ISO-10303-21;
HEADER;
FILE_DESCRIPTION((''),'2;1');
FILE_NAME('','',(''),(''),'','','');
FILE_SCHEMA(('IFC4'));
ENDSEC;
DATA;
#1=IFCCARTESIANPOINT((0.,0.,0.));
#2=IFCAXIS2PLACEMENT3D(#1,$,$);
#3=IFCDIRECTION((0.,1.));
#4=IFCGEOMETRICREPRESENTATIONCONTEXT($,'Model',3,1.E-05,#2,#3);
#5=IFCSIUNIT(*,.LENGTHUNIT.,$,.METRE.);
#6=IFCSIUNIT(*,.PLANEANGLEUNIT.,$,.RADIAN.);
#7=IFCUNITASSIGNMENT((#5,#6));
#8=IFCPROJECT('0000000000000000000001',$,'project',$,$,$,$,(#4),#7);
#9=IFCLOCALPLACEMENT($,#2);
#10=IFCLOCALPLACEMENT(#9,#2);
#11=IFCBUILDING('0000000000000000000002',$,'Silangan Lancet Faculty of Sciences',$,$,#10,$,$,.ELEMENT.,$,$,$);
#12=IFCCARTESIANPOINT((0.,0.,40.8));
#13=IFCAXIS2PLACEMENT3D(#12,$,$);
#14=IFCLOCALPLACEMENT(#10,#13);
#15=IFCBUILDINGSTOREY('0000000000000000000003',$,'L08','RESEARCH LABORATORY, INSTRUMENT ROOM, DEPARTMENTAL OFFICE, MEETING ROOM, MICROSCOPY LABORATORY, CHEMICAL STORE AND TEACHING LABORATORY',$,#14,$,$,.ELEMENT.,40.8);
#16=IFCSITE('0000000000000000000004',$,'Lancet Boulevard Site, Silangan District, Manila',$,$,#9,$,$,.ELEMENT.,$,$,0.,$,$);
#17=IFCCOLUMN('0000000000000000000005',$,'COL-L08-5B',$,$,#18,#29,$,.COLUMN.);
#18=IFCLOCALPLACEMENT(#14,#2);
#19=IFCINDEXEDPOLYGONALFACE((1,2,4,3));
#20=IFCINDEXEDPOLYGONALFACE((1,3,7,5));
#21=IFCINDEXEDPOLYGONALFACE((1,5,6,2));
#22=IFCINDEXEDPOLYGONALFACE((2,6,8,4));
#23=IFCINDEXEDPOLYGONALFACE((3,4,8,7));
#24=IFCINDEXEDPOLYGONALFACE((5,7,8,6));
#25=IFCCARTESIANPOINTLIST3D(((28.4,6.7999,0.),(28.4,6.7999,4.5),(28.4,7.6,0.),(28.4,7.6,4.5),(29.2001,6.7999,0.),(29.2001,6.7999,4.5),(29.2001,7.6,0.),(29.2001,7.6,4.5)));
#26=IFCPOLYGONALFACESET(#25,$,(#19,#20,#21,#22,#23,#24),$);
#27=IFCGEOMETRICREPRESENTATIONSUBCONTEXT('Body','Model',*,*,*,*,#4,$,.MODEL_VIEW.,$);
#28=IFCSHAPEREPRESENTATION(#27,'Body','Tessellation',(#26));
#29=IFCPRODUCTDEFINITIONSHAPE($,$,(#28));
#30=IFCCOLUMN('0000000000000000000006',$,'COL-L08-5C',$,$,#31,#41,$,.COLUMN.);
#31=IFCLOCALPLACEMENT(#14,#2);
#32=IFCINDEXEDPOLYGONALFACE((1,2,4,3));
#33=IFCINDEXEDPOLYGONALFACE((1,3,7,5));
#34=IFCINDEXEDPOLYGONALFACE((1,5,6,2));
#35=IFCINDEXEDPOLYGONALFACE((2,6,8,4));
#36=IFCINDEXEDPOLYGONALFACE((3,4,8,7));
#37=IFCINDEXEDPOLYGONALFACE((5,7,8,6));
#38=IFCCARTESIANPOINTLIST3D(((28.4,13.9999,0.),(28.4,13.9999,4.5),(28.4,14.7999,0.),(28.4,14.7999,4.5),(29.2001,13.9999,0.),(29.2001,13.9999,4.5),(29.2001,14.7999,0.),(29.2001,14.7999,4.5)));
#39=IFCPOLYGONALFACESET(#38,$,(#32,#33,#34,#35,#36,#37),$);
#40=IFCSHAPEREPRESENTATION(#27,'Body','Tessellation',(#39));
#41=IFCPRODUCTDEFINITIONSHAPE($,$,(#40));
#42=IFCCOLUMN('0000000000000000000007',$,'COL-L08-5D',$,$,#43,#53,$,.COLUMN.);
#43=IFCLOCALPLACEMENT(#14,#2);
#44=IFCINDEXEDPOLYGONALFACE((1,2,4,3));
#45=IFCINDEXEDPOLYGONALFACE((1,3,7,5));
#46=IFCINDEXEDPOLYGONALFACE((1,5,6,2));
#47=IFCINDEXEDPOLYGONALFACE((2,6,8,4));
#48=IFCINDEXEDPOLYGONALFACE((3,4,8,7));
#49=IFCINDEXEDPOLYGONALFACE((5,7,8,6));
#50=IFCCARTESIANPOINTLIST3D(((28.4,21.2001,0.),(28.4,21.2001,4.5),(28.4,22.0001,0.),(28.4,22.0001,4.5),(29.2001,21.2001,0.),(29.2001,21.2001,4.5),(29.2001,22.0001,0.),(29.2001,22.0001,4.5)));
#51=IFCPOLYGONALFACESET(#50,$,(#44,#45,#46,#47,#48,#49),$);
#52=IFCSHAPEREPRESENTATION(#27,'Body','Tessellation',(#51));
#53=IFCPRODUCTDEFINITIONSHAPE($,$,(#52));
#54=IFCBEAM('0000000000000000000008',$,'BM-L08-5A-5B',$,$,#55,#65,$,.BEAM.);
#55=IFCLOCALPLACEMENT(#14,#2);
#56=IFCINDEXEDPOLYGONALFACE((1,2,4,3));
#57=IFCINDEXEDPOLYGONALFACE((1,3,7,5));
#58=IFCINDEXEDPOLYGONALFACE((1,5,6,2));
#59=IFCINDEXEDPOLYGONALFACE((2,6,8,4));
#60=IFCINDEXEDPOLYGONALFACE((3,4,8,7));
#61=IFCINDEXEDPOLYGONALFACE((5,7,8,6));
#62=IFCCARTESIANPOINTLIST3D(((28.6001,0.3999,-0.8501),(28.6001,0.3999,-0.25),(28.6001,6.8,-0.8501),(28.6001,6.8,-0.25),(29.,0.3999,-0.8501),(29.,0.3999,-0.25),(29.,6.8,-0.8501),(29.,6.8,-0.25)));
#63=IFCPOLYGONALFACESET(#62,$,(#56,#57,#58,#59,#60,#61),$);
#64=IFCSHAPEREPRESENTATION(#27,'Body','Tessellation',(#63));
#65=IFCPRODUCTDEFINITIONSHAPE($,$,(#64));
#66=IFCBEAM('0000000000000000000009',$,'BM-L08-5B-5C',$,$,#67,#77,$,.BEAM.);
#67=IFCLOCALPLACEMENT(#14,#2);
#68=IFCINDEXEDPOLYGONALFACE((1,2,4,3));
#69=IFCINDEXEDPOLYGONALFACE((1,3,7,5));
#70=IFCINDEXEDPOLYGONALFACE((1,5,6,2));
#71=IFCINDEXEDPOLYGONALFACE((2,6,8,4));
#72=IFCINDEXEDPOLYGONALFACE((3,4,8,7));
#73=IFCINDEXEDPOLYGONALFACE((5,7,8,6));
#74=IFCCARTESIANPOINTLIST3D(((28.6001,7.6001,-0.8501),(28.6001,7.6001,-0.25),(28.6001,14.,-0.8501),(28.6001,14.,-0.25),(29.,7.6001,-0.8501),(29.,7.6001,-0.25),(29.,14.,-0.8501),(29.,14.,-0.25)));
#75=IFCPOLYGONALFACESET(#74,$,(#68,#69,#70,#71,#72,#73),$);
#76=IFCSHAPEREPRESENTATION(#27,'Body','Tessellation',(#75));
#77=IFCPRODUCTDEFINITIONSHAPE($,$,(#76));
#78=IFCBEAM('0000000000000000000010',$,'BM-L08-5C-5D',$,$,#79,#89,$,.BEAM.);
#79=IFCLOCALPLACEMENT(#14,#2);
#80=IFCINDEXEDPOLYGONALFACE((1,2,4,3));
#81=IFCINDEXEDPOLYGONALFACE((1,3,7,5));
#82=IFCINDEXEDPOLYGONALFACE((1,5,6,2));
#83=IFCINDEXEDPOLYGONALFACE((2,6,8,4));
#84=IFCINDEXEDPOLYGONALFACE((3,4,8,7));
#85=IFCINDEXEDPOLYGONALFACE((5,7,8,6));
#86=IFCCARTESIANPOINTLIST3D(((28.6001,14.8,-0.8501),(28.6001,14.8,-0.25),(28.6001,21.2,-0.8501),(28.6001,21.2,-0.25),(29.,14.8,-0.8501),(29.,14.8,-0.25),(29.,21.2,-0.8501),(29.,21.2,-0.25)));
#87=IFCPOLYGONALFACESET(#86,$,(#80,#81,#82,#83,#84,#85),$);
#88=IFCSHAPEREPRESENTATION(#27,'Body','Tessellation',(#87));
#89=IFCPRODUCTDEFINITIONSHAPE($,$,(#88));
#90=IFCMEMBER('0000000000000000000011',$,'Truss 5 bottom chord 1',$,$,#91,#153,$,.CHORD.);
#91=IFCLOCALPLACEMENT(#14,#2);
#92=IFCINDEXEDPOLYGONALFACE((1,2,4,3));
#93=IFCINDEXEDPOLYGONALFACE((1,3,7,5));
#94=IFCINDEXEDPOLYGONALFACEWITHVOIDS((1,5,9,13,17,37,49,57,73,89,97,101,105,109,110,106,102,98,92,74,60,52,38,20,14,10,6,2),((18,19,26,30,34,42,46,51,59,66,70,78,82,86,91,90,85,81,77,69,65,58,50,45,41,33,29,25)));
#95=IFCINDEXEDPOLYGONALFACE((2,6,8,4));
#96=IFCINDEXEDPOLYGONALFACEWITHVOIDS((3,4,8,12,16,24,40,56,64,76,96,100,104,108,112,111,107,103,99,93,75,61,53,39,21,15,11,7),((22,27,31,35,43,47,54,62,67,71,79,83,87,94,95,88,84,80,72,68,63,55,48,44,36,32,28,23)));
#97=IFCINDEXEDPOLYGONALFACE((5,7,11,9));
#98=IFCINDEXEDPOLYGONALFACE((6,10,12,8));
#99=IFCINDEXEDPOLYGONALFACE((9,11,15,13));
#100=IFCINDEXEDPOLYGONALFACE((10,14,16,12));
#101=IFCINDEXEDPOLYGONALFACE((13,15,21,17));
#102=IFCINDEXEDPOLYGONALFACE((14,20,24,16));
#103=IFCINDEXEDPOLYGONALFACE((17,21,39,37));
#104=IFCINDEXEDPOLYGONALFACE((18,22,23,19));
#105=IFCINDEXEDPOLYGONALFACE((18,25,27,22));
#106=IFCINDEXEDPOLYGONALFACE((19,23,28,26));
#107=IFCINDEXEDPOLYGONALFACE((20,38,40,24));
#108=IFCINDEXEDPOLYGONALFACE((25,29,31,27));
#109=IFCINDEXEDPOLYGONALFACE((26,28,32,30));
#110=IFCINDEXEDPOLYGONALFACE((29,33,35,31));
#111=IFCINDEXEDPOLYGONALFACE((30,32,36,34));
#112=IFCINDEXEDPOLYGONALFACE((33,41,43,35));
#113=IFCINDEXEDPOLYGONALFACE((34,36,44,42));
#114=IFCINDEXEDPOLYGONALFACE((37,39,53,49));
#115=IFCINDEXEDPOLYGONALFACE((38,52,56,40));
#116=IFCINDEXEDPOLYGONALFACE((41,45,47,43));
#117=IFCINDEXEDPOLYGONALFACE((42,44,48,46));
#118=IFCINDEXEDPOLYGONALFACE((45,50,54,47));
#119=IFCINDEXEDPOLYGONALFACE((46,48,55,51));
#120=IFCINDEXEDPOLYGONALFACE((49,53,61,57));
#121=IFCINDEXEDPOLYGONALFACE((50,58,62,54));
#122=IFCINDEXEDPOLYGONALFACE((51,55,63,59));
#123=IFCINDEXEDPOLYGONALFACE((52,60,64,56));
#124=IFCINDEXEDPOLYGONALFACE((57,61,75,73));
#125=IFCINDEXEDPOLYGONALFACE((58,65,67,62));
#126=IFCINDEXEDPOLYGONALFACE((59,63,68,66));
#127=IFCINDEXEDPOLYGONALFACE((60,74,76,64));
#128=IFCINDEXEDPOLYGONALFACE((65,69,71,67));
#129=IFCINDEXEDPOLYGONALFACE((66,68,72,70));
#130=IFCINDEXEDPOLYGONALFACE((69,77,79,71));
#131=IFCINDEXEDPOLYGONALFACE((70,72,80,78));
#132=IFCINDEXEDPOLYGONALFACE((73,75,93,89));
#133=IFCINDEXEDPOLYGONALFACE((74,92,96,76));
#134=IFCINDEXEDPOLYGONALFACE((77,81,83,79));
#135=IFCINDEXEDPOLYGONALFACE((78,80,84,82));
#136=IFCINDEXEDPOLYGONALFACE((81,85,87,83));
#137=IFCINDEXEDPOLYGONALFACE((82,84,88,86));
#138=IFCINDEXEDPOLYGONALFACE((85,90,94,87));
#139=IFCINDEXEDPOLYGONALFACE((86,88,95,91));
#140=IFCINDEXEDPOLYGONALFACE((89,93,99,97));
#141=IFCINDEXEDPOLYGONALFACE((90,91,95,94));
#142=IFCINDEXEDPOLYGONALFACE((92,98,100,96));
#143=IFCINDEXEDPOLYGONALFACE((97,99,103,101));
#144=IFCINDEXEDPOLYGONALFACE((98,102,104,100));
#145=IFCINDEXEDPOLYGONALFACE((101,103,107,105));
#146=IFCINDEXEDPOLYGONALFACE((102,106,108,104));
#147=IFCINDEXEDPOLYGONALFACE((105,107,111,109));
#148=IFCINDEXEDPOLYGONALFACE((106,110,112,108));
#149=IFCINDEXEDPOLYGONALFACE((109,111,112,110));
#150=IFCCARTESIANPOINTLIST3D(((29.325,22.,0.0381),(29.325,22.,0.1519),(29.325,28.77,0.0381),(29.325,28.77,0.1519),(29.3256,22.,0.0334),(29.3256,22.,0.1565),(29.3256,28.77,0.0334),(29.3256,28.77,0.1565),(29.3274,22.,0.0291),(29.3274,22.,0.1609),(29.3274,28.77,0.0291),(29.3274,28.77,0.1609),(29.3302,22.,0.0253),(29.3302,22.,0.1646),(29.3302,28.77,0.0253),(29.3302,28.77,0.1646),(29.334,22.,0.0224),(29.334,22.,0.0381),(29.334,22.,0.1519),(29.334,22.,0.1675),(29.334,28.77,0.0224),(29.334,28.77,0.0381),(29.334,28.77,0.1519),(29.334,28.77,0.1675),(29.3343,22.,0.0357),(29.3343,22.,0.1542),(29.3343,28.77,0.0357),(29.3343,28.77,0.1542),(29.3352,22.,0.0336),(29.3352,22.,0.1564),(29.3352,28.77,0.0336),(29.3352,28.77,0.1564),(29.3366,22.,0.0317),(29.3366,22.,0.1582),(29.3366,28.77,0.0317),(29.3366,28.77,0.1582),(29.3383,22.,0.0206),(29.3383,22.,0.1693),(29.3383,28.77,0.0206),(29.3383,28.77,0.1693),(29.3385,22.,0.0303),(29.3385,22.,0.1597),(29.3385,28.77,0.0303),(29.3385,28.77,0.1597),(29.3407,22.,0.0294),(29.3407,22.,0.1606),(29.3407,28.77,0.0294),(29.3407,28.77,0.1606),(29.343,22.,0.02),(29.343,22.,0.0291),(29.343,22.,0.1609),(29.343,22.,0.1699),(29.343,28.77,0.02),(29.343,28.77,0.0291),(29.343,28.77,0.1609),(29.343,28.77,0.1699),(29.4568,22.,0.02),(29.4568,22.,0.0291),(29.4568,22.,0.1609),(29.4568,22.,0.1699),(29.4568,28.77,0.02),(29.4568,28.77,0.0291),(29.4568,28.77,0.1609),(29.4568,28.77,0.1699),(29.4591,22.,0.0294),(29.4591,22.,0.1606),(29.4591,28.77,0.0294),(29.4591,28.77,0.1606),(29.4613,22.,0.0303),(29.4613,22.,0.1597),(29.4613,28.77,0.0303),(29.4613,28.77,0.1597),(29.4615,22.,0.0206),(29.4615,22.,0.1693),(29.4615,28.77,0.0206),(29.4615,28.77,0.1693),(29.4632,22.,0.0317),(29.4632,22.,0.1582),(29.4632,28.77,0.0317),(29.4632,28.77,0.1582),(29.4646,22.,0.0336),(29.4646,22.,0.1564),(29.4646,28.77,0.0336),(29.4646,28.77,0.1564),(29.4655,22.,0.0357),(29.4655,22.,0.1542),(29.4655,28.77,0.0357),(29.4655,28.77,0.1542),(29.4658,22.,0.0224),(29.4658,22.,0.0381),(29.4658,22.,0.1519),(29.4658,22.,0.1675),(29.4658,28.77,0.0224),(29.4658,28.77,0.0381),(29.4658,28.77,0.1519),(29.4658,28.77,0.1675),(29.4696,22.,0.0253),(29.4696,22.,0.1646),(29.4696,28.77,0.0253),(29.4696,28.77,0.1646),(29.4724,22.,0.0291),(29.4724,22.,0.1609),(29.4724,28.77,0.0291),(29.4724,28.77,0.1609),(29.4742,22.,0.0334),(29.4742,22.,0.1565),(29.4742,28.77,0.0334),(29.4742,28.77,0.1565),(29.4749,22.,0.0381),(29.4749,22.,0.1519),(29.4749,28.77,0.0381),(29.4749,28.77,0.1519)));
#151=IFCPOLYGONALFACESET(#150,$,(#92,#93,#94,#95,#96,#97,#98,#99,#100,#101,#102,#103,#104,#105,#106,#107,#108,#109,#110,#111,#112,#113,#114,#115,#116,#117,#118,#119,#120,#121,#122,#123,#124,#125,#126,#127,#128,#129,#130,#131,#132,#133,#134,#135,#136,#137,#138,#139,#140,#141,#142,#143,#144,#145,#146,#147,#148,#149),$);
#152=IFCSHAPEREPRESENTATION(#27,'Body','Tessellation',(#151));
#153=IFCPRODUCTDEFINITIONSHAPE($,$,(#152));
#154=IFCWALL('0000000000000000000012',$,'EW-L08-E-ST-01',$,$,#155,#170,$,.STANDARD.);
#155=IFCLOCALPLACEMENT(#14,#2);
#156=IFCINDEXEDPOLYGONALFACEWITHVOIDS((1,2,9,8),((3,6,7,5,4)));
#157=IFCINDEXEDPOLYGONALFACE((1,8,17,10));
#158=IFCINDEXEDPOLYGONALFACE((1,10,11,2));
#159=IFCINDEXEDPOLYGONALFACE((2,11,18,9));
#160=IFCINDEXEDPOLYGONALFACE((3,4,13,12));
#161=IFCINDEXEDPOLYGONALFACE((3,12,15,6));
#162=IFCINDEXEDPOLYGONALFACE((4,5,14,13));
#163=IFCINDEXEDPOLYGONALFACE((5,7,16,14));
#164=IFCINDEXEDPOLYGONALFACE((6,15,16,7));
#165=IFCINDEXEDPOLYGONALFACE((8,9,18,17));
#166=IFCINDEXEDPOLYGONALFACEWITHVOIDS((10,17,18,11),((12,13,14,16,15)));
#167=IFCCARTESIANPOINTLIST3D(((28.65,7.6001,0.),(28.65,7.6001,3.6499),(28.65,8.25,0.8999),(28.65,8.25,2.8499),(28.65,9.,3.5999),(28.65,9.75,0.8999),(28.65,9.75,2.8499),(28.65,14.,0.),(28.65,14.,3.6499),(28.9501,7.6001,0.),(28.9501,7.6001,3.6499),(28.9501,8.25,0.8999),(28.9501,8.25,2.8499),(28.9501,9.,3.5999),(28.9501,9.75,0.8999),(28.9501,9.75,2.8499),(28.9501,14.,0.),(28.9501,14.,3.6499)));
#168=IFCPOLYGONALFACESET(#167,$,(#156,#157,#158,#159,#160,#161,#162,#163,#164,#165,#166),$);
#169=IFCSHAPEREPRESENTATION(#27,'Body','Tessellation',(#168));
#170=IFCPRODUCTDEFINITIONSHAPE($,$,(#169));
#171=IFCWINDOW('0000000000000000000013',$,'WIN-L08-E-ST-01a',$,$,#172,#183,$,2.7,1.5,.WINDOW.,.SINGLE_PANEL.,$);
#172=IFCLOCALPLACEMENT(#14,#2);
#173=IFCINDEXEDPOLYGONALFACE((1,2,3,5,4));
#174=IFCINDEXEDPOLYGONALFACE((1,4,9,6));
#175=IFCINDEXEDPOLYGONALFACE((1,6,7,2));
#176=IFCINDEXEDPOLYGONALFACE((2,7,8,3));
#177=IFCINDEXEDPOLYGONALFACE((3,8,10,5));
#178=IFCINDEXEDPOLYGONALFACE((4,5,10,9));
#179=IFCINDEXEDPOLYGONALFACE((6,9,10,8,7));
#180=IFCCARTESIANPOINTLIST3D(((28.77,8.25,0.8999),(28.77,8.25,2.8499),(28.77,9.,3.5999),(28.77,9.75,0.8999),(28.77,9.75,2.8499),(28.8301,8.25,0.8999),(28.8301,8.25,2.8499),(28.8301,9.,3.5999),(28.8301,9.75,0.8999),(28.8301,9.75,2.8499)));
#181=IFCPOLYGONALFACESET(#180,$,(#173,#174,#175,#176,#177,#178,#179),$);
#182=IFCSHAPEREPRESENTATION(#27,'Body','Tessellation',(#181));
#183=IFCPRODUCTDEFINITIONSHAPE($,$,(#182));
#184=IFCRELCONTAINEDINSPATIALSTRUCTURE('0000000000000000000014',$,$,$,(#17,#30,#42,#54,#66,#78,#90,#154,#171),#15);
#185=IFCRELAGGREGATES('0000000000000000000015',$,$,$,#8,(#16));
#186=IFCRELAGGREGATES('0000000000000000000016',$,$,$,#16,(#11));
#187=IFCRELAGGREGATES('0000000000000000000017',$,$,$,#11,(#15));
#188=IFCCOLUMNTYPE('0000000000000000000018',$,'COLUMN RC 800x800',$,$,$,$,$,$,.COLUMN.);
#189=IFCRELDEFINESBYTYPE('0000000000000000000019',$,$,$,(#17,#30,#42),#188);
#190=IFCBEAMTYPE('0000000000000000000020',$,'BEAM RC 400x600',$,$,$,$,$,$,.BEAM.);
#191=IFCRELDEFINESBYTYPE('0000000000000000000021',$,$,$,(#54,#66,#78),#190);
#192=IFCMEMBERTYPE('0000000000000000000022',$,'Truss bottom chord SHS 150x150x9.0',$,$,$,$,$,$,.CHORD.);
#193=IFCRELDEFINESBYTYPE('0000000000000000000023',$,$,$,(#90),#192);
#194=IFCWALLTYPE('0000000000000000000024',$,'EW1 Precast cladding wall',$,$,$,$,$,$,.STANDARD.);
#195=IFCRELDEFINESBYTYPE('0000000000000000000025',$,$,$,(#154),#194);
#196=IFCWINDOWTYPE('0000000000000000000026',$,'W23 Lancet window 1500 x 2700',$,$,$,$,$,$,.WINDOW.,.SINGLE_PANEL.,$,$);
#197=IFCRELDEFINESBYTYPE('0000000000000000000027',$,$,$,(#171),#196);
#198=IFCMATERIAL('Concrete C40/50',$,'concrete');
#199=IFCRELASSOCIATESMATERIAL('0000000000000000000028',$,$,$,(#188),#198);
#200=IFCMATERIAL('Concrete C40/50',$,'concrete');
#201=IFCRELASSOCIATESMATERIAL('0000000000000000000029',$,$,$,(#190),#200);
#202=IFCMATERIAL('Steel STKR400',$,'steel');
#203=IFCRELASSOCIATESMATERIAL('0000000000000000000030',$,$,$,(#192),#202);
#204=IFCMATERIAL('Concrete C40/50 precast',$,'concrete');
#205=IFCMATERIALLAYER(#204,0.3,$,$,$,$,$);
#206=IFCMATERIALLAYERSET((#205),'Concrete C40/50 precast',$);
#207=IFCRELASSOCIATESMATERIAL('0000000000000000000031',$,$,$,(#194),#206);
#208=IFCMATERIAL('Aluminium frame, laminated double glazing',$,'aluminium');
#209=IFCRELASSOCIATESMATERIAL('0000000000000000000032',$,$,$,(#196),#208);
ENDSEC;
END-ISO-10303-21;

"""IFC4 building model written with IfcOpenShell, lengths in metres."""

from ifc_helpers import new_model, si_unit, direction, frame, frame_2d, origin, origin_2d, place, context, subcontext, project, spatial, polyline, rectangle, hollow_rectangle, outline, extrude, material, layer, layer_set, material_profile, profile_set, type_object, element, fill, save


model = new_model("IFC4")

# Units and contexts
model_context = context("Model", 3, precision=1e-05, world=origin(), true_north=direction((0.0, 1.0)))
body_context = subcontext(model_context, "Body", "Model", "MODEL_VIEW")
ifc_project = project(units=[si_unit("LENGTHUNIT", "METRE"), si_unit("PLANEANGLEUNIT", "RADIAN")], contexts=[model_context])

# Site, building, storey
site_placement = place(None, origin())
site = spatial("IfcSite", under=ifc_project, at=site_placement, Name="Lancet Boulevard Site, Silangan District, Manila", CompositionType="ELEMENT", RefElevation=0.0)
building_placement = place(site_placement, origin())
building = spatial("IfcBuilding", under=site, at=building_placement, Name="Silangan Lancet Faculty of Sciences", CompositionType="ELEMENT")
storey_placement = place(building_placement, frame((0.0, 0.0, 40.8)))
storey = spatial("IfcBuildingStorey", under=building, at=storey_placement, Name="L08", Description="RESEARCH LABORATORY, INSTRUMENT ROOM, DEPARTMENTAL OFFICE, MEETING ROOM, MICROSCOPY LABORATORY, CHEMICAL STORE AND TEACHING LABORATORY", CompositionType="ELEMENT", Elevation=40.8)

# Columns
ifc_material_1 = material(Name="Concrete C40/50", Category="concrete")
ifc_material_profile_1 = material_profile(ifc_material_1, rectangle(XDim=0.8, YDim=0.8, at=origin_2d()), Name="RC 800x800")
ifc_profile_set_1 = profile_set([ifc_material_profile_1], Name="Concrete C40/50")
column_type = type_object("IfcColumnType", Name="COLUMN RC 800x800", PredefinedType="COLUMN", material=ifc_profile_set_1)
for number, where, z_axis, x_axis, name in (
    (1, (28.8, 7.2, 0.0), (0.0, 0.0, 1.0), (1.0, 0.0, 0.0), "COL-L08-5B"),
    (2, (28.8, 14.3999, 0.0), (0.0, 0.0, 1.0), (1.0, 0.0, 0.0), "COL-L08-5C"),
    (3, (28.8, 21.6001, 0.0), (0.0, 0.0, 1.0), (1.0, 0.0, 0.0), "COL-L08-5D"),
):
    element("IfcColumn", number, at=place(storey_placement, frame(where, z_axis=z_axis, x_axis=x_axis)), inside=storey, type_object=column_type, Name=name, PredefinedType="COLUMN", context=body_context, shape_type="SweptSolid", body=[
        extrude(rectangle(XDim=0.8, YDim=0.8, at=origin_2d()), origin(), (0.0, 0.0, 1.0), 4.5),
    ])

# Beams
ifc_material_2 = material(Name="Concrete C40/50", Category="concrete")
ifc_material_profile_2 = material_profile(ifc_material_2, rectangle(XDim=0.3999, YDim=0.6001, at=origin_2d()), Name="RC 400x600")
ifc_profile_set_2 = profile_set([ifc_material_profile_2], Name="Concrete C40/50")
beam_type = type_object("IfcBeamType", Name="BEAM RC 400x600", PredefinedType="BEAM", material=ifc_profile_set_2)
beam_placement = place(storey_placement, frame((28.8, 0.3999, -0.55), z_axis=(0.0, 1.0, 0.0), x_axis=(-1.0, 0.0, 0.0)))
element("IfcBeam", 4, at=beam_placement, inside=storey, type_object=beam_type, Name="BM-L08-5A-5B", PredefinedType="BEAM", context=body_context, shape_type="SweptSolid", body=[
    extrude(rectangle(XDim=0.3999, YDim=0.6001, at=origin_2d()), origin(), (0.0, 0.0, 1.0), 6.4001),
])
for number, where, z_axis, x_axis, name in (
    (5, (28.8, 7.6001, -0.55), (0.0, 1.0, 0.0), (-1.0, 0.0, 0.0), "BM-L08-5B-5C"),
    (6, (28.8, 14.8, -0.55), (0.0, 1.0, 0.0), (-1.0, 0.0, 0.0), "BM-L08-5C-5D"),
):
    element("IfcBeam", number, at=place(storey_placement, frame(where, z_axis=z_axis, x_axis=x_axis)), inside=storey, type_object=beam_type, Name=name, PredefinedType="BEAM", context=body_context, shape_type="SweptSolid", body=[
        extrude(rectangle(XDim=0.3999, YDim=0.6001, at=origin_2d()), origin(), (0.0, 0.0, 1.0), 6.3999),
    ])

# Member
ifc_material_3 = material(Name="Steel STKR400", Category="steel")
ifc_material_profile_3 = material_profile(ifc_material_3, hollow_rectangle(XDim=0.1499, YDim=0.1499, WallThickness=0.009, InnerFilletRadius=0.009, OuterFilletRadius=0.0181, at=origin_2d()), Name="SHS 150x150x9.0")
ifc_profile_set_3 = profile_set([ifc_material_profile_3], Name="Steel STKR400")
member_type = type_object("IfcMemberType", Name="Truss bottom chord SHS 150x150x9.0", PredefinedType="CHORD", material=ifc_profile_set_3)
member_placement = place(storey_placement, frame((29.3999, 22.0, 0.095), z_axis=(0.0, 1.0, 0.0), x_axis=(-1.0, 0.0, 0.0)))
element("IfcMember", 7, at=member_placement, inside=storey, type_object=member_type, Name="Truss 5 bottom chord 1", PredefinedType="CHORD", context=body_context, shape_type="SweptSolid", body=[
    extrude(hollow_rectangle(XDim=0.1499, YDim=0.1499, WallThickness=0.009, InnerFilletRadius=0.009, OuterFilletRadius=0.0181, at=origin_2d()), origin(), (0.0, 0.0, 1.0), 6.77),
])

# Wall, opening, window
ifc_material_4 = material(Name="Concrete C40/50 precast", Category="concrete")
ifc_layer_1 = layer(ifc_material_4, 0.3)
ifc_layer_set_1 = layer_set([ifc_layer_1], Name="Concrete C40/50 precast")
wall_type_1 = type_object("IfcWallType", Name="EW1 Precast cladding wall", PredefinedType="STANDARD", material=ifc_layer_set_1)
wall_1_placement = place(storey_placement, frame((28.8, 7.6001, 0.0), z_axis=(0.0, 0.0, 1.0), x_axis=(0.0, 1.0, 0.0)))
wall_1 = element("IfcWall", 8, at=wall_1_placement, inside=storey, type_object=wall_type_1, Name="EW-L08-E-ST-01", PredefinedType="STANDARD", context=body_context, shape_type="SweptSolid", body=[
    extrude(rectangle(XDim=6.3999, YDim=0.3, at=frame_2d((3.2, 0.0))), origin(), (0.0, 0.0, 1.0), 3.6499),
])
opening_1_placement = place(wall_1_placement, frame((0.6499, 0.0, 0.8999)))
opening_1 = element("IfcOpeningElement", 9, at=opening_1_placement, cuts=wall_1, PredefinedType="OPENING", context=body_context, shape_type="SweptSolid", body=[
    extrude(outline(polyline([(0.0, 0.0), (1.5, 0.0), (1.5, 1.95), (0.75, 2.7), (0.0, 1.95), (0.0, 0.0)])), frame((0.0, 0.1599, 0.0), z_axis=(0.0, -1.0, 0.0), x_axis=(1.0, 0.0, 0.0)), (0.0, 0.0, 1.0), 0.3201),
])
ifc_material_5 = material(Name="Aluminium frame, laminated double glazing", Category="aluminium")
window_type_1 = type_object("IfcWindowType", Name="W23 Lancet window 1500 x 2700", PartitioningType="SINGLE_PANEL", PredefinedType="WINDOW", material=ifc_material_5)
window_1_placement = place(opening_1_placement, origin())
window_1 = element("IfcWindow", 10, at=window_1_placement, inside=storey, type_object=window_type_1, Name="WIN-L08-E-ST-01a", OverallHeight=2.7, OverallWidth=1.5, PartitioningType="SINGLE_PANEL", PredefinedType="WINDOW", context=body_context, shape_type="SweptSolid", body=[
    extrude(outline(polyline([(0.0, 0.0), (1.5, 0.0), (1.5, 1.95), (0.75, 2.7), (0.0, 1.95), (0.0, 0.0)])), frame((0.0, 0.03, 0.0), z_axis=(0.0, -1.0, 0.0), x_axis=(1.0, 0.0, 0.0)), (0.0, 0.0, 1.0), 0.0601),
])
fill(opening_1, window_1)

save(model, "model.ifc")
